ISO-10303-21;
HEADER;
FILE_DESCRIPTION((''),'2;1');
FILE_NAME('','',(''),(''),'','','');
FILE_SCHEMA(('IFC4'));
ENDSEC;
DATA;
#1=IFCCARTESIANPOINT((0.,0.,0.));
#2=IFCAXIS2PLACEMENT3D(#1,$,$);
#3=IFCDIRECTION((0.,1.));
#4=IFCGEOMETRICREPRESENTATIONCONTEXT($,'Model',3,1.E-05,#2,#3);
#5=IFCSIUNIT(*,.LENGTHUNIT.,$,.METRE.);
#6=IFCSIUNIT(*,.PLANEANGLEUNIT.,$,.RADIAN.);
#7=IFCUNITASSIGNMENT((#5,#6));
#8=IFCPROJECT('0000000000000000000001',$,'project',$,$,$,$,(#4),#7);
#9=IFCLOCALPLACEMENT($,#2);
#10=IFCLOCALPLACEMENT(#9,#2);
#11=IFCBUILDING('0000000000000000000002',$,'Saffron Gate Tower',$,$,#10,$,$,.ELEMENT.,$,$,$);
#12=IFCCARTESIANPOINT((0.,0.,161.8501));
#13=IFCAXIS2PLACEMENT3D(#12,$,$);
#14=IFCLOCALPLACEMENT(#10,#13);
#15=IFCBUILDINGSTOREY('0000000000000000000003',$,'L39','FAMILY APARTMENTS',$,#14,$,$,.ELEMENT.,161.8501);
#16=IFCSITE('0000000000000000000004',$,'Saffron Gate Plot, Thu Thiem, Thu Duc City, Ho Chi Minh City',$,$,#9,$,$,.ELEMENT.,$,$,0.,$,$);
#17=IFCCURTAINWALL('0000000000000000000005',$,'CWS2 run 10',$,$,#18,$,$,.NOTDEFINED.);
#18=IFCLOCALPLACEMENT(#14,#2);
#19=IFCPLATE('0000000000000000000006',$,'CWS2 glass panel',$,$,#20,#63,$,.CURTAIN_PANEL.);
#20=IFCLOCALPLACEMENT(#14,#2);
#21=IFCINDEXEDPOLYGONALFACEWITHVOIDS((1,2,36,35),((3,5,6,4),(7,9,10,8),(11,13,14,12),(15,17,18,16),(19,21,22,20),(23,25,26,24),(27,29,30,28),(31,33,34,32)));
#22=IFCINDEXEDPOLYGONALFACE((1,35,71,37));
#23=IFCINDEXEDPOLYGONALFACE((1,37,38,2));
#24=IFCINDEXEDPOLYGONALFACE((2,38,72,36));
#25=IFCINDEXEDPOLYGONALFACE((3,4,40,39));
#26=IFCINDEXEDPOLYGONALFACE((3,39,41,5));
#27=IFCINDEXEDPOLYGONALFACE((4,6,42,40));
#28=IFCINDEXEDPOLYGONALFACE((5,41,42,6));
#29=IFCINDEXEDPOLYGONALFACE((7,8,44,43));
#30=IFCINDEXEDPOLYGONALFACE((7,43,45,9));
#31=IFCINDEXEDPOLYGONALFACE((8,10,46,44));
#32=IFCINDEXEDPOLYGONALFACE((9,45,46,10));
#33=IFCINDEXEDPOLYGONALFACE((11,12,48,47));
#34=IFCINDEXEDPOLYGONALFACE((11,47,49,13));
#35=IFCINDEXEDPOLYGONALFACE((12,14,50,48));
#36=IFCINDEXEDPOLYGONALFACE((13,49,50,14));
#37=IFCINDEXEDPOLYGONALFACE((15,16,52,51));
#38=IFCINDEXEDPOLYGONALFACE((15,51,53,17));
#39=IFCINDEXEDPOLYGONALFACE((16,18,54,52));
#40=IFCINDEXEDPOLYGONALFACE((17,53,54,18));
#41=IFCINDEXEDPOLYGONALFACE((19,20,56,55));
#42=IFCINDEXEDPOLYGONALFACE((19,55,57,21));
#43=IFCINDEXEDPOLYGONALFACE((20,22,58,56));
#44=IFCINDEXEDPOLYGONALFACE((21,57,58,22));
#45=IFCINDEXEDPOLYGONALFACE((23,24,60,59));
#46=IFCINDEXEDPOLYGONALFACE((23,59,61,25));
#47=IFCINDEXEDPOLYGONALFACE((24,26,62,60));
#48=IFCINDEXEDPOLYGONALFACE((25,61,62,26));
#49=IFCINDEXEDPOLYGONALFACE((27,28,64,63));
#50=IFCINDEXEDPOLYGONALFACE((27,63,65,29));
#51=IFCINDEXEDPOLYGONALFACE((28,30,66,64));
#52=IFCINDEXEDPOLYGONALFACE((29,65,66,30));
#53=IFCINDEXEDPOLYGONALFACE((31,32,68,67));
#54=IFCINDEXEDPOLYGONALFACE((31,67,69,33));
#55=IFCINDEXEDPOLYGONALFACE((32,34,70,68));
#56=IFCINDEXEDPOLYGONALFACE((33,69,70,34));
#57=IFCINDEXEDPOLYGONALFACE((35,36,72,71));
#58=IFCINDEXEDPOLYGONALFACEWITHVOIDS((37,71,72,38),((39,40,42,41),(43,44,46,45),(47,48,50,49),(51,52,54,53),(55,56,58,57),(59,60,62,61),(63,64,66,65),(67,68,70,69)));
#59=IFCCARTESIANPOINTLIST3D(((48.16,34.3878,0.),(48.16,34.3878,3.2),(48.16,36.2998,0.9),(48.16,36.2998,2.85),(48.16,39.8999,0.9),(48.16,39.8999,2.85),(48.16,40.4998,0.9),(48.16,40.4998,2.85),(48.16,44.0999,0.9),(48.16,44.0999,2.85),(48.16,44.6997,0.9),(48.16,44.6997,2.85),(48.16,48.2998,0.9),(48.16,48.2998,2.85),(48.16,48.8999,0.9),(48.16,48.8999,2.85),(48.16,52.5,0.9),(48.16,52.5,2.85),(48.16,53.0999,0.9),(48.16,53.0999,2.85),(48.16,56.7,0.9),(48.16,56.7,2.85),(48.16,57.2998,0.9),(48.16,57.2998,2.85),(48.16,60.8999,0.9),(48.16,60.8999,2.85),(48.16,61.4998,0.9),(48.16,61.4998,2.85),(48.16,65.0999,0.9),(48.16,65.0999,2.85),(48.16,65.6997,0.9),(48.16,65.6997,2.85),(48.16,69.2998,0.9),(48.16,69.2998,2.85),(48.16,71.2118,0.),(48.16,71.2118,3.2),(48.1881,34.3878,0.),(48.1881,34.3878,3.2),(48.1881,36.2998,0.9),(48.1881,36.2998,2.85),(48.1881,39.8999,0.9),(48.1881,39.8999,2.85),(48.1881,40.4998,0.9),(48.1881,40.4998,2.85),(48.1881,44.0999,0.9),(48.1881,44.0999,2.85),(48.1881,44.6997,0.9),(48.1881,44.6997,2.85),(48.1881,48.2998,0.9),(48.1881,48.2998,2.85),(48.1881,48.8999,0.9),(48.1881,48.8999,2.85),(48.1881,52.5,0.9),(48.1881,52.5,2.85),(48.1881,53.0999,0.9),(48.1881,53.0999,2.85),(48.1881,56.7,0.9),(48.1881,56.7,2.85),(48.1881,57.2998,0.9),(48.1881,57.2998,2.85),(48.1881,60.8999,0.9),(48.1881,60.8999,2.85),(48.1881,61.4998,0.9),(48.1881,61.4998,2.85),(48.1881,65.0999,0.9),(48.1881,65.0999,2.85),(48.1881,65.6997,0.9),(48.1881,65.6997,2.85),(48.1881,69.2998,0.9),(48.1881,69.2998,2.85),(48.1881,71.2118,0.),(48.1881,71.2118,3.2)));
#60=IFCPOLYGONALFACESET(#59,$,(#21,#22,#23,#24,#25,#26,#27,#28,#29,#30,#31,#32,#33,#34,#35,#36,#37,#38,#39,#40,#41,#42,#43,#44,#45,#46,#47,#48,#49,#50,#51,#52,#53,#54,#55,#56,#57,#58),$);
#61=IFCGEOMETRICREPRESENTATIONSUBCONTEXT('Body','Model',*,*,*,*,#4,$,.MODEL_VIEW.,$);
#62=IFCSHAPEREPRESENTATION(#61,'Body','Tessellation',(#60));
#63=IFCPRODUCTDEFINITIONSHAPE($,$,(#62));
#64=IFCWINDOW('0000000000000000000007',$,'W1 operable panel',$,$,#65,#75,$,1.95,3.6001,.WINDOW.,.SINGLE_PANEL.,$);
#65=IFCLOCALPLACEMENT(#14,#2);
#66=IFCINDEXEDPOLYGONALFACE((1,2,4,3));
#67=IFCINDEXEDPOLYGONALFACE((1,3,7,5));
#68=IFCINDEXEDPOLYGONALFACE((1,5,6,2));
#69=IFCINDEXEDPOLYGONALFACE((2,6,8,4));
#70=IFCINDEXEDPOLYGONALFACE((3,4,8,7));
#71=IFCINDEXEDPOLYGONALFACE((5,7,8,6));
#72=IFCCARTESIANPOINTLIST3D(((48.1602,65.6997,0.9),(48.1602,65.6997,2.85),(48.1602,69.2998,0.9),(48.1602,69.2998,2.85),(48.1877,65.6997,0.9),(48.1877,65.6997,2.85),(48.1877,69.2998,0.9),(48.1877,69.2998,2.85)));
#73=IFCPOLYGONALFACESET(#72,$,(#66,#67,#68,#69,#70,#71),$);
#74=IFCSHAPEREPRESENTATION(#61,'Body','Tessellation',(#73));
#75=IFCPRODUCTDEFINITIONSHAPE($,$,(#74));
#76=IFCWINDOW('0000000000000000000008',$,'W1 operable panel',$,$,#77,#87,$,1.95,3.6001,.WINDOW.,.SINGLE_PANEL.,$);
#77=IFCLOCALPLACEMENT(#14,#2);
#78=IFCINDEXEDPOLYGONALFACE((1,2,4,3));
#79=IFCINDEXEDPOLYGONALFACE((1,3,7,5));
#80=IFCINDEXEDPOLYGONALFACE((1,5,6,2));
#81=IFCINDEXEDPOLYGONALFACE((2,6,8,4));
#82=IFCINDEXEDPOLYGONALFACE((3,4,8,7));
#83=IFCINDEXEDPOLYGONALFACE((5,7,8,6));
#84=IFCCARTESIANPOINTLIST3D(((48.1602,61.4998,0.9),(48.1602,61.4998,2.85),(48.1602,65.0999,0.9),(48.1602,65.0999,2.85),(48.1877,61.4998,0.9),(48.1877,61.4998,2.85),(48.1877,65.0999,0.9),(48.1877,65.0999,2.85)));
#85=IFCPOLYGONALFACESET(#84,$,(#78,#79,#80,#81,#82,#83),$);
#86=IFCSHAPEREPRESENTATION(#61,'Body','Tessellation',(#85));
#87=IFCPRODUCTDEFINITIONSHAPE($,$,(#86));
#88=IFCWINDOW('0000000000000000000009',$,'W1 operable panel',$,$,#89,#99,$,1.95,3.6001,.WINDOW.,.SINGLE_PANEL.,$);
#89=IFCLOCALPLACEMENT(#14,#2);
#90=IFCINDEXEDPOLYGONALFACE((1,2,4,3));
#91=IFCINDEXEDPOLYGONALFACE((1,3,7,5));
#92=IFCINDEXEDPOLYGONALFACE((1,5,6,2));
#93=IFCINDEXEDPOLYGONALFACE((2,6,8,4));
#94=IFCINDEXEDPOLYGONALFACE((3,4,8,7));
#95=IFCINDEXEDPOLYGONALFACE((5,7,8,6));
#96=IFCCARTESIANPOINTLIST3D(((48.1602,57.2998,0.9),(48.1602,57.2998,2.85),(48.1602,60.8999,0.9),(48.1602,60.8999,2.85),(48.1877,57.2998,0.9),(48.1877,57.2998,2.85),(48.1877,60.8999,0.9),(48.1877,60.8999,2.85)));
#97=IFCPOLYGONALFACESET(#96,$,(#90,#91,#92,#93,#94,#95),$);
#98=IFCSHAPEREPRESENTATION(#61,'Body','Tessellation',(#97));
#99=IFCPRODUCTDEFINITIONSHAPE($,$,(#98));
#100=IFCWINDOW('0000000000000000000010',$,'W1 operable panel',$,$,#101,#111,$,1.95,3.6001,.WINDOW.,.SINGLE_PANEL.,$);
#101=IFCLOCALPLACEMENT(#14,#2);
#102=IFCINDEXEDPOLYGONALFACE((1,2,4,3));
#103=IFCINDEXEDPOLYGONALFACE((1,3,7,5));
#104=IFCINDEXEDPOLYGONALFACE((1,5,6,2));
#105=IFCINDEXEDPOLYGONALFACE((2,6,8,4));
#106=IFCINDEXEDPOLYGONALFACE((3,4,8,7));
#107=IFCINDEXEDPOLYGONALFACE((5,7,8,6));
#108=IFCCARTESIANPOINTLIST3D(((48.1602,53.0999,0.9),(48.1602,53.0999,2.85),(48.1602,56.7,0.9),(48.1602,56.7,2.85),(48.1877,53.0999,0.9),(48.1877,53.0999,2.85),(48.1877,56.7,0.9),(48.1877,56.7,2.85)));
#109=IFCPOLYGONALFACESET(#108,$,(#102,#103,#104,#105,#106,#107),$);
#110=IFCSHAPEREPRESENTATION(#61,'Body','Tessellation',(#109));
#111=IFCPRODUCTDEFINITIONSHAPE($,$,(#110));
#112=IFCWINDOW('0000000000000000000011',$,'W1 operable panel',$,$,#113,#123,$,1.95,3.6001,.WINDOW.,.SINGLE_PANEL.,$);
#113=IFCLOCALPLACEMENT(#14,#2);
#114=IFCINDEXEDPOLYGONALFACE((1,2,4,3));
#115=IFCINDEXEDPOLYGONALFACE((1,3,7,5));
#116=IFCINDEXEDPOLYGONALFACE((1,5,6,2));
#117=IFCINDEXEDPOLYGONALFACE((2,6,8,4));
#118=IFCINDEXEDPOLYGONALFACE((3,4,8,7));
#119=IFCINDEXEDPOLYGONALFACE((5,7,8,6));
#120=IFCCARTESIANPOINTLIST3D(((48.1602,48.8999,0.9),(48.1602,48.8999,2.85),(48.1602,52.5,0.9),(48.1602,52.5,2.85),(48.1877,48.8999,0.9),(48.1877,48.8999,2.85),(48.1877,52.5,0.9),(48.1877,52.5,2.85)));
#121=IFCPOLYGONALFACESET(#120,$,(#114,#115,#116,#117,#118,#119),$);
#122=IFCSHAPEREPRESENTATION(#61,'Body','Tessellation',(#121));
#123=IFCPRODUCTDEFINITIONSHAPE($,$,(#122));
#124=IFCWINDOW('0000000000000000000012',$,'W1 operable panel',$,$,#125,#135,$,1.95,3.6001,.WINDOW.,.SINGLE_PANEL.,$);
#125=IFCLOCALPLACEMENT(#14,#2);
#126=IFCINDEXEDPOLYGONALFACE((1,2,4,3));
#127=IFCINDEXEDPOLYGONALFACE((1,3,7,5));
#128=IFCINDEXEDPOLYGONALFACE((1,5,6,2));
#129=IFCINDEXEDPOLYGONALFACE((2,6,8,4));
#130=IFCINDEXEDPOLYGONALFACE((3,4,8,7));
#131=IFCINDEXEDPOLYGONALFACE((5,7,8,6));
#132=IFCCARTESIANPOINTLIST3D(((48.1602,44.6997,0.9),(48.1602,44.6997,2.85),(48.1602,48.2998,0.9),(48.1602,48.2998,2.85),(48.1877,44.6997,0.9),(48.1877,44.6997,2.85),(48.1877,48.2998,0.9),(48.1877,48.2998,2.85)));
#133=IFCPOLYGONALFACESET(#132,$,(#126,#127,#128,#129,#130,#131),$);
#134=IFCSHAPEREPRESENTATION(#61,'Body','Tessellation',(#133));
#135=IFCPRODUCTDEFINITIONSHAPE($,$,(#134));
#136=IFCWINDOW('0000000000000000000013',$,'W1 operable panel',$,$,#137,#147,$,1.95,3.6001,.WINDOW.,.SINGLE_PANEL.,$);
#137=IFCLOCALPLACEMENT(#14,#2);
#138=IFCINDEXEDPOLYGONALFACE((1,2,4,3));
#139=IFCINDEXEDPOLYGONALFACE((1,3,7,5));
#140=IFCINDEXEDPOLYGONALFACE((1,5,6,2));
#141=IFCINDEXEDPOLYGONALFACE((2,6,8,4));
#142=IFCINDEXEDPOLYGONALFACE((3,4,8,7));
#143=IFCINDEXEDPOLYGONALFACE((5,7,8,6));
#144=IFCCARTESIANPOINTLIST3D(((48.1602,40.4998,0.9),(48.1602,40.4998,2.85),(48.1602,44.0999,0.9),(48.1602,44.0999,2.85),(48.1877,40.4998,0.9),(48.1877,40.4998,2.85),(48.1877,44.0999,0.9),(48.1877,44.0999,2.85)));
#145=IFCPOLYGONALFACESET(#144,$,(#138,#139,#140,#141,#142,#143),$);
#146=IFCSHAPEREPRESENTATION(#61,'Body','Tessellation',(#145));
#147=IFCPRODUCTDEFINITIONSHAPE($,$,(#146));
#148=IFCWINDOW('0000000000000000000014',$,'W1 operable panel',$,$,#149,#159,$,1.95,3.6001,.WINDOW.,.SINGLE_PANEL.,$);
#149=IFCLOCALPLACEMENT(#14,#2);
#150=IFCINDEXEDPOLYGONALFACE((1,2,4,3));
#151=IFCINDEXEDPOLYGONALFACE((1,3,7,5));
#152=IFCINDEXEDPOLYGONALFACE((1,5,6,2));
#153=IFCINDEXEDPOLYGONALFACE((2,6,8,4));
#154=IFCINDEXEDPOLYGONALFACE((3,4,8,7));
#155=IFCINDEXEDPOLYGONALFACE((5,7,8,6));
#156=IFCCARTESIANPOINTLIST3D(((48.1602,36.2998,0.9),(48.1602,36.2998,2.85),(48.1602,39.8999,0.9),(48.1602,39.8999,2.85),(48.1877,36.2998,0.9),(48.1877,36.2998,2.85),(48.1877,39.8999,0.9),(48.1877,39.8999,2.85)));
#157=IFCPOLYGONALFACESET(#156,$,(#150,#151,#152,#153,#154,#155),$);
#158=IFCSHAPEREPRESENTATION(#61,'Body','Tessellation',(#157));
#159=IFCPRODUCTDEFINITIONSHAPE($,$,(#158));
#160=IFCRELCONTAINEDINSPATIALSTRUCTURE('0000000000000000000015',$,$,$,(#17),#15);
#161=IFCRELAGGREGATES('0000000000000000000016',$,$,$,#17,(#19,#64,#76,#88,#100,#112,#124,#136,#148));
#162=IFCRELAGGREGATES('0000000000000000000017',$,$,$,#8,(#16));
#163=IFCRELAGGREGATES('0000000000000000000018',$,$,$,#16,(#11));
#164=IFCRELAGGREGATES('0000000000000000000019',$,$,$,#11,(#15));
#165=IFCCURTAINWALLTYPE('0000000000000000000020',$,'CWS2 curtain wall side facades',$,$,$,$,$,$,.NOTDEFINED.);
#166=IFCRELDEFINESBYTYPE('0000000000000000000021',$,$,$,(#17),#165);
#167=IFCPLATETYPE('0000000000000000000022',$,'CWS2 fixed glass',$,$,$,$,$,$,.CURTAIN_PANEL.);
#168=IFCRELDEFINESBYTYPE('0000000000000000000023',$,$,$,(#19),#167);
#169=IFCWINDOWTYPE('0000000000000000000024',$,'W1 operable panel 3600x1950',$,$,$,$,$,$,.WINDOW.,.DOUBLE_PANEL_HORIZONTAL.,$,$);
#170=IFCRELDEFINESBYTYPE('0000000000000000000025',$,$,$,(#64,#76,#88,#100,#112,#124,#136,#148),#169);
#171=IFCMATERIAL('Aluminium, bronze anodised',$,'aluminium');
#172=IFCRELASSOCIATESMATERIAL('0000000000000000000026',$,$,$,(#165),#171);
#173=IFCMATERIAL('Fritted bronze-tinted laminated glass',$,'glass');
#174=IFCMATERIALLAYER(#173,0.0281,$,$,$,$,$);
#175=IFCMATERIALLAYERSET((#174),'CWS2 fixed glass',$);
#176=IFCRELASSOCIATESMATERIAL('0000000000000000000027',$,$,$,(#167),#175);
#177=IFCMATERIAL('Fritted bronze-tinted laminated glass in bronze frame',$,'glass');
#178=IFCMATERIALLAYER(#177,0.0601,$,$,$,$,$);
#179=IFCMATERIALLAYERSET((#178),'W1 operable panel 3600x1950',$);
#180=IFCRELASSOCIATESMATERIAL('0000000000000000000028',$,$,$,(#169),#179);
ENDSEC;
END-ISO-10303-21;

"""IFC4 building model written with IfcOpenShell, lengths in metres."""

from ifc_helpers import new_model, si_unit, direction, frame, frame_2d, origin, place, context, subcontext, project, spatial, rectangle, extrude, material, layer, layer_set, type_object, element, fill, aggregate, save


model = new_model("IFC4")

# Units and contexts
model_context = context("Model", 3, precision=1e-05, world=origin(), true_north=direction((0.0, 1.0)))
body_context = subcontext(model_context, "Body", "Model", "MODEL_VIEW")
ifc_project = project(units=[si_unit("LENGTHUNIT", "METRE"), si_unit("PLANEANGLEUNIT", "RADIAN")], contexts=[model_context])

# Site, building, storey
site_placement = place(None, origin())
site = spatial("IfcSite", under=ifc_project, at=site_placement, Name="Saffron Gate Plot, Thu Thiem, Thu Duc City, Ho Chi Minh City", CompositionType="ELEMENT", RefElevation=0.0)
building_placement = place(site_placement, origin())
building = spatial("IfcBuilding", under=site, at=building_placement, Name="Saffron Gate Tower", CompositionType="ELEMENT")
storey_placement = place(building_placement, frame((0.0, 0.0, 161.8501)))
storey = spatial("IfcBuildingStorey", under=building, at=storey_placement, Name="L39", Description="FAMILY APARTMENTS", CompositionType="ELEMENT", Elevation=161.8501)

# Curtain wall
ifc_material_1 = material(Name="Aluminium, bronze anodised", Category="aluminium")
curtain_wall_type_1 = type_object("IfcCurtainWallType", Name="CWS2 curtain wall side facades", PredefinedType="NOTDEFINED", material=ifc_material_1)
curtain_wall_1_placement = place(storey_placement, origin())
curtain_wall_1 = element("IfcCurtainWall", 1, at=curtain_wall_1_placement, inside=storey, type_object=curtain_wall_type_1, Name="CWS2 run 10", PredefinedType="NOTDEFINED")

# Plate, openings, windows
ifc_material_2 = material(Name="Fritted bronze-tinted laminated glass", Category="glass")
ifc_layer_1 = layer(ifc_material_2, 0.0281)
ifc_layer_set_1 = layer_set([ifc_layer_1], Name="CWS2 fixed glass")
plate_type = type_object("IfcPlateType", Name="CWS2 fixed glass", PredefinedType="CURTAIN_PANEL", material=ifc_layer_set_1)
plate_placement = place(storey_placement, frame((48.1741, 71.2119, 0.0), z_axis=(0.0, 0.0, 1.0), x_axis=(0.0, -1.0, 0.0)))
plate = element("IfcPlate", 2, at=plate_placement, type_object=plate_type, Name="CWS2 glass panel", PredefinedType="CURTAIN_PANEL", context=body_context, shape_type="SweptSolid", body=[
    extrude(rectangle(XDim=36.824, YDim=0.0281, at=frame_2d((18.4121, 0.0))), origin(), (0.0, 0.0, 1.0), 3.2),
])
opening_1_placement = place(plate_placement, frame((1.9121, 0.0, 0.8999)))
opening_1 = element("IfcOpeningElement", 3, at=opening_1_placement, cuts=plate, PredefinedType="OPENING", context=body_context, shape_type="SweptSolid", body=[
    extrude(rectangle(XDim=3.6001, YDim=1.95, at=frame_2d((1.8, 0.9751))), frame((0.0, 0.0239, 0.0), z_axis=(0.0, -1.0, 0.0), x_axis=(1.0, 0.0, 0.0)), (0.0, 0.0, 1.0), 0.0481),
])
opening_2_placement = place(plate_placement, frame((6.1121, 0.0, 0.8999)))
opening_2 = element("IfcOpeningElement", 4, at=opening_2_placement, cuts=plate, PredefinedType="OPENING", context=body_context, shape_type="SweptSolid", body=[
    extrude(rectangle(XDim=3.6001, YDim=1.95, at=frame_2d((1.8, 0.9751))), frame((0.0, 0.0239, 0.0), z_axis=(0.0, -1.0, 0.0), x_axis=(1.0, 0.0, 0.0)), (0.0, 0.0, 1.0), 0.0481),
])
opening_3_placement = place(plate_placement, frame((10.312, 0.0, 0.8999)))
opening_3 = element("IfcOpeningElement", 5, at=opening_3_placement, cuts=plate, PredefinedType="OPENING", context=body_context, shape_type="SweptSolid", body=[
    extrude(rectangle(XDim=3.6001, YDim=1.95, at=frame_2d((1.8, 0.9751))), frame((0.0, 0.0239, 0.0), z_axis=(0.0, -1.0, 0.0), x_axis=(1.0, 0.0, 0.0)), (0.0, 0.0, 1.0), 0.0481),
])
opening_4_placement = place(plate_placement, frame((14.512, 0.0, 0.8999)))
opening_4 = element("IfcOpeningElement", 6, at=opening_4_placement, cuts=plate, PredefinedType="OPENING", context=body_context, shape_type="SweptSolid", body=[
    extrude(rectangle(XDim=3.6001, YDim=1.95, at=frame_2d((1.8, 0.9751))), frame((0.0, 0.0239, 0.0), z_axis=(0.0, -1.0, 0.0), x_axis=(1.0, 0.0, 0.0)), (0.0, 0.0, 1.0), 0.0481),
])
opening_5_placement = place(plate_placement, frame((18.7119, 0.0, 0.8999)))
opening_5 = element("IfcOpeningElement", 7, at=opening_5_placement, cuts=plate, PredefinedType="OPENING", context=body_context, shape_type="SweptSolid", body=[
    extrude(rectangle(XDim=3.6001, YDim=1.95, at=frame_2d((1.8, 0.9751))), frame((0.0, 0.0239, 0.0), z_axis=(0.0, -1.0, 0.0), x_axis=(1.0, 0.0, 0.0)), (0.0, 0.0, 1.0), 0.0481),
])
opening_6_placement = place(plate_placement, frame((22.9121, 0.0, 0.8999)))
opening_6 = element("IfcOpeningElement", 8, at=opening_6_placement, cuts=plate, PredefinedType="OPENING", context=body_context, shape_type="SweptSolid", body=[
    extrude(rectangle(XDim=3.6001, YDim=1.95, at=frame_2d((1.8, 0.9751))), frame((0.0, 0.0239, 0.0), z_axis=(0.0, -1.0, 0.0), x_axis=(1.0, 0.0, 0.0)), (0.0, 0.0, 1.0), 0.0481),
])
opening_7_placement = place(plate_placement, frame((27.1121, 0.0, 0.8999)))
opening_7 = element("IfcOpeningElement", 9, at=opening_7_placement, cuts=plate, PredefinedType="OPENING", context=body_context, shape_type="SweptSolid", body=[
    extrude(rectangle(XDim=3.6001, YDim=1.95, at=frame_2d((1.8, 0.9751))), frame((0.0, 0.0239, 0.0), z_axis=(0.0, -1.0, 0.0), x_axis=(1.0, 0.0, 0.0)), (0.0, 0.0, 1.0), 0.0481),
])
opening_8_placement = place(plate_placement, frame((31.312, 0.0, 0.8999)))
opening_8 = element("IfcOpeningElement", 10, at=opening_8_placement, cuts=plate, PredefinedType="OPENING", context=body_context, shape_type="SweptSolid", body=[
    extrude(rectangle(XDim=3.6001, YDim=1.95, at=frame_2d((1.8, 0.9751))), frame((0.0, 0.0239, 0.0), z_axis=(0.0, -1.0, 0.0), x_axis=(1.0, 0.0, 0.0)), (0.0, 0.0, 1.0), 0.0481),
])
ifc_material_3 = material(Name="Fritted bronze-tinted laminated glass in bronze frame", Category="glass")
ifc_layer_2 = layer(ifc_material_3, 0.0601)
ifc_layer_set_2 = layer_set([ifc_layer_2], Name="W1 operable panel 3600x1950")
window_type = type_object("IfcWindowType", Name="W1 operable panel 3600x1950", PartitioningType="DOUBLE_PANEL_HORIZONTAL", PredefinedType="WINDOW", material=ifc_layer_set_2)
window_1_placement = place(opening_1_placement, origin())
window_1 = element("IfcWindow", 11, at=window_1_placement, type_object=window_type, Name="W1 operable panel", OverallHeight=1.95, OverallWidth=3.6001, PartitioningType="SINGLE_PANEL", PredefinedType="WINDOW", context=body_context, shape_type="SweptSolid", body=[
    extrude(rectangle(XDim=3.6001, YDim=1.95, at=frame_2d((1.8, 0.9751))), frame((0.0, 0.0137, 0.0), z_axis=(0.0, -1.0, 0.0), x_axis=(1.0, 0.0, 0.0)), (0.0, 0.0, 1.0), 0.0276),
])
fill(opening_1, window_1)
window_2_placement = place(opening_2_placement, origin())
window_2 = element("IfcWindow", 12, at=window_2_placement, type_object=window_type, Name="W1 operable panel", OverallHeight=1.95, OverallWidth=3.6001, PartitioningType="SINGLE_PANEL", PredefinedType="WINDOW", context=body_context, shape_type="SweptSolid", body=[
    extrude(rectangle(XDim=3.6001, YDim=1.95, at=frame_2d((1.8, 0.9751))), frame((0.0, 0.0137, 0.0), z_axis=(0.0, -1.0, 0.0), x_axis=(1.0, 0.0, 0.0)), (0.0, 0.0, 1.0), 0.0276),
])
fill(opening_2, window_2)
window_3_placement = place(opening_3_placement, origin())
window_3 = element("IfcWindow", 13, at=window_3_placement, type_object=window_type, Name="W1 operable panel", OverallHeight=1.95, OverallWidth=3.6001, PartitioningType="SINGLE_PANEL", PredefinedType="WINDOW", context=body_context, shape_type="SweptSolid", body=[
    extrude(rectangle(XDim=3.6001, YDim=1.95, at=frame_2d((1.8, 0.9751))), frame((0.0, 0.0137, 0.0), z_axis=(0.0, -1.0, 0.0), x_axis=(1.0, 0.0, 0.0)), (0.0, 0.0, 1.0), 0.0276),
])
fill(opening_3, window_3)
window_4_placement = place(opening_4_placement, origin())
window_4 = element("IfcWindow", 14, at=window_4_placement, type_object=window_type, Name="W1 operable panel", OverallHeight=1.95, OverallWidth=3.6001, PartitioningType="SINGLE_PANEL", PredefinedType="WINDOW", context=body_context, shape_type="SweptSolid", body=[
    extrude(rectangle(XDim=3.6001, YDim=1.95, at=frame_2d((1.8, 0.9751))), frame((0.0, 0.0137, 0.0), z_axis=(0.0, -1.0, 0.0), x_axis=(1.0, 0.0, 0.0)), (0.0, 0.0, 1.0), 0.0276),
])
fill(opening_4, window_4)
window_5_placement = place(opening_5_placement, origin())
window_5 = element("IfcWindow", 15, at=window_5_placement, type_object=window_type, Name="W1 operable panel", OverallHeight=1.95, OverallWidth=3.6001, PartitioningType="SINGLE_PANEL", PredefinedType="WINDOW", context=body_context, shape_type="SweptSolid", body=[
    extrude(rectangle(XDim=3.6001, YDim=1.95, at=frame_2d((1.8, 0.9751))), frame((0.0, 0.0137, 0.0), z_axis=(0.0, -1.0, 0.0), x_axis=(1.0, 0.0, 0.0)), (0.0, 0.0, 1.0), 0.0276),
])
fill(opening_5, window_5)
window_6_placement = place(opening_6_placement, origin())
window_6 = element("IfcWindow", 16, at=window_6_placement, type_object=window_type, Name="W1 operable panel", OverallHeight=1.95, OverallWidth=3.6001, PartitioningType="SINGLE_PANEL", PredefinedType="WINDOW", context=body_context, shape_type="SweptSolid", body=[
    extrude(rectangle(XDim=3.6001, YDim=1.95, at=frame_2d((1.8, 0.9751))), frame((0.0, 0.0137, 0.0), z_axis=(0.0, -1.0, 0.0), x_axis=(1.0, 0.0, 0.0)), (0.0, 0.0, 1.0), 0.0276),
])
fill(opening_6, window_6)
window_7_placement = place(opening_7_placement, origin())
window_7 = element("IfcWindow", 17, at=window_7_placement, type_object=window_type, Name="W1 operable panel", OverallHeight=1.95, OverallWidth=3.6001, PartitioningType="SINGLE_PANEL", PredefinedType="WINDOW", context=body_context, shape_type="SweptSolid", body=[
    extrude(rectangle(XDim=3.6001, YDim=1.95, at=frame_2d((1.8, 0.9751))), frame((0.0, 0.0137, 0.0), z_axis=(0.0, -1.0, 0.0), x_axis=(1.0, 0.0, 0.0)), (0.0, 0.0, 1.0), 0.0276),
])
fill(opening_7, window_7)
window_8_placement = place(opening_8_placement, origin())
window_8 = element("IfcWindow", 18, at=window_8_placement, type_object=window_type, Name="W1 operable panel", OverallHeight=1.95, OverallWidth=3.6001, PartitioningType="SINGLE_PANEL", PredefinedType="WINDOW", context=body_context, shape_type="SweptSolid", body=[
    extrude(rectangle(XDim=3.6001, YDim=1.95, at=frame_2d((1.8, 0.9751))), frame((0.0, 0.0137, 0.0), z_axis=(0.0, -1.0, 0.0), x_axis=(1.0, 0.0, 0.0)), (0.0, 0.0, 1.0), 0.0276),
])
fill(opening_8, window_8)
aggregate(curtain_wall_1, [plate, window_1, window_2, window_3, window_4, window_5, window_6, window_7, window_8])

save(model, "model.ifc")
